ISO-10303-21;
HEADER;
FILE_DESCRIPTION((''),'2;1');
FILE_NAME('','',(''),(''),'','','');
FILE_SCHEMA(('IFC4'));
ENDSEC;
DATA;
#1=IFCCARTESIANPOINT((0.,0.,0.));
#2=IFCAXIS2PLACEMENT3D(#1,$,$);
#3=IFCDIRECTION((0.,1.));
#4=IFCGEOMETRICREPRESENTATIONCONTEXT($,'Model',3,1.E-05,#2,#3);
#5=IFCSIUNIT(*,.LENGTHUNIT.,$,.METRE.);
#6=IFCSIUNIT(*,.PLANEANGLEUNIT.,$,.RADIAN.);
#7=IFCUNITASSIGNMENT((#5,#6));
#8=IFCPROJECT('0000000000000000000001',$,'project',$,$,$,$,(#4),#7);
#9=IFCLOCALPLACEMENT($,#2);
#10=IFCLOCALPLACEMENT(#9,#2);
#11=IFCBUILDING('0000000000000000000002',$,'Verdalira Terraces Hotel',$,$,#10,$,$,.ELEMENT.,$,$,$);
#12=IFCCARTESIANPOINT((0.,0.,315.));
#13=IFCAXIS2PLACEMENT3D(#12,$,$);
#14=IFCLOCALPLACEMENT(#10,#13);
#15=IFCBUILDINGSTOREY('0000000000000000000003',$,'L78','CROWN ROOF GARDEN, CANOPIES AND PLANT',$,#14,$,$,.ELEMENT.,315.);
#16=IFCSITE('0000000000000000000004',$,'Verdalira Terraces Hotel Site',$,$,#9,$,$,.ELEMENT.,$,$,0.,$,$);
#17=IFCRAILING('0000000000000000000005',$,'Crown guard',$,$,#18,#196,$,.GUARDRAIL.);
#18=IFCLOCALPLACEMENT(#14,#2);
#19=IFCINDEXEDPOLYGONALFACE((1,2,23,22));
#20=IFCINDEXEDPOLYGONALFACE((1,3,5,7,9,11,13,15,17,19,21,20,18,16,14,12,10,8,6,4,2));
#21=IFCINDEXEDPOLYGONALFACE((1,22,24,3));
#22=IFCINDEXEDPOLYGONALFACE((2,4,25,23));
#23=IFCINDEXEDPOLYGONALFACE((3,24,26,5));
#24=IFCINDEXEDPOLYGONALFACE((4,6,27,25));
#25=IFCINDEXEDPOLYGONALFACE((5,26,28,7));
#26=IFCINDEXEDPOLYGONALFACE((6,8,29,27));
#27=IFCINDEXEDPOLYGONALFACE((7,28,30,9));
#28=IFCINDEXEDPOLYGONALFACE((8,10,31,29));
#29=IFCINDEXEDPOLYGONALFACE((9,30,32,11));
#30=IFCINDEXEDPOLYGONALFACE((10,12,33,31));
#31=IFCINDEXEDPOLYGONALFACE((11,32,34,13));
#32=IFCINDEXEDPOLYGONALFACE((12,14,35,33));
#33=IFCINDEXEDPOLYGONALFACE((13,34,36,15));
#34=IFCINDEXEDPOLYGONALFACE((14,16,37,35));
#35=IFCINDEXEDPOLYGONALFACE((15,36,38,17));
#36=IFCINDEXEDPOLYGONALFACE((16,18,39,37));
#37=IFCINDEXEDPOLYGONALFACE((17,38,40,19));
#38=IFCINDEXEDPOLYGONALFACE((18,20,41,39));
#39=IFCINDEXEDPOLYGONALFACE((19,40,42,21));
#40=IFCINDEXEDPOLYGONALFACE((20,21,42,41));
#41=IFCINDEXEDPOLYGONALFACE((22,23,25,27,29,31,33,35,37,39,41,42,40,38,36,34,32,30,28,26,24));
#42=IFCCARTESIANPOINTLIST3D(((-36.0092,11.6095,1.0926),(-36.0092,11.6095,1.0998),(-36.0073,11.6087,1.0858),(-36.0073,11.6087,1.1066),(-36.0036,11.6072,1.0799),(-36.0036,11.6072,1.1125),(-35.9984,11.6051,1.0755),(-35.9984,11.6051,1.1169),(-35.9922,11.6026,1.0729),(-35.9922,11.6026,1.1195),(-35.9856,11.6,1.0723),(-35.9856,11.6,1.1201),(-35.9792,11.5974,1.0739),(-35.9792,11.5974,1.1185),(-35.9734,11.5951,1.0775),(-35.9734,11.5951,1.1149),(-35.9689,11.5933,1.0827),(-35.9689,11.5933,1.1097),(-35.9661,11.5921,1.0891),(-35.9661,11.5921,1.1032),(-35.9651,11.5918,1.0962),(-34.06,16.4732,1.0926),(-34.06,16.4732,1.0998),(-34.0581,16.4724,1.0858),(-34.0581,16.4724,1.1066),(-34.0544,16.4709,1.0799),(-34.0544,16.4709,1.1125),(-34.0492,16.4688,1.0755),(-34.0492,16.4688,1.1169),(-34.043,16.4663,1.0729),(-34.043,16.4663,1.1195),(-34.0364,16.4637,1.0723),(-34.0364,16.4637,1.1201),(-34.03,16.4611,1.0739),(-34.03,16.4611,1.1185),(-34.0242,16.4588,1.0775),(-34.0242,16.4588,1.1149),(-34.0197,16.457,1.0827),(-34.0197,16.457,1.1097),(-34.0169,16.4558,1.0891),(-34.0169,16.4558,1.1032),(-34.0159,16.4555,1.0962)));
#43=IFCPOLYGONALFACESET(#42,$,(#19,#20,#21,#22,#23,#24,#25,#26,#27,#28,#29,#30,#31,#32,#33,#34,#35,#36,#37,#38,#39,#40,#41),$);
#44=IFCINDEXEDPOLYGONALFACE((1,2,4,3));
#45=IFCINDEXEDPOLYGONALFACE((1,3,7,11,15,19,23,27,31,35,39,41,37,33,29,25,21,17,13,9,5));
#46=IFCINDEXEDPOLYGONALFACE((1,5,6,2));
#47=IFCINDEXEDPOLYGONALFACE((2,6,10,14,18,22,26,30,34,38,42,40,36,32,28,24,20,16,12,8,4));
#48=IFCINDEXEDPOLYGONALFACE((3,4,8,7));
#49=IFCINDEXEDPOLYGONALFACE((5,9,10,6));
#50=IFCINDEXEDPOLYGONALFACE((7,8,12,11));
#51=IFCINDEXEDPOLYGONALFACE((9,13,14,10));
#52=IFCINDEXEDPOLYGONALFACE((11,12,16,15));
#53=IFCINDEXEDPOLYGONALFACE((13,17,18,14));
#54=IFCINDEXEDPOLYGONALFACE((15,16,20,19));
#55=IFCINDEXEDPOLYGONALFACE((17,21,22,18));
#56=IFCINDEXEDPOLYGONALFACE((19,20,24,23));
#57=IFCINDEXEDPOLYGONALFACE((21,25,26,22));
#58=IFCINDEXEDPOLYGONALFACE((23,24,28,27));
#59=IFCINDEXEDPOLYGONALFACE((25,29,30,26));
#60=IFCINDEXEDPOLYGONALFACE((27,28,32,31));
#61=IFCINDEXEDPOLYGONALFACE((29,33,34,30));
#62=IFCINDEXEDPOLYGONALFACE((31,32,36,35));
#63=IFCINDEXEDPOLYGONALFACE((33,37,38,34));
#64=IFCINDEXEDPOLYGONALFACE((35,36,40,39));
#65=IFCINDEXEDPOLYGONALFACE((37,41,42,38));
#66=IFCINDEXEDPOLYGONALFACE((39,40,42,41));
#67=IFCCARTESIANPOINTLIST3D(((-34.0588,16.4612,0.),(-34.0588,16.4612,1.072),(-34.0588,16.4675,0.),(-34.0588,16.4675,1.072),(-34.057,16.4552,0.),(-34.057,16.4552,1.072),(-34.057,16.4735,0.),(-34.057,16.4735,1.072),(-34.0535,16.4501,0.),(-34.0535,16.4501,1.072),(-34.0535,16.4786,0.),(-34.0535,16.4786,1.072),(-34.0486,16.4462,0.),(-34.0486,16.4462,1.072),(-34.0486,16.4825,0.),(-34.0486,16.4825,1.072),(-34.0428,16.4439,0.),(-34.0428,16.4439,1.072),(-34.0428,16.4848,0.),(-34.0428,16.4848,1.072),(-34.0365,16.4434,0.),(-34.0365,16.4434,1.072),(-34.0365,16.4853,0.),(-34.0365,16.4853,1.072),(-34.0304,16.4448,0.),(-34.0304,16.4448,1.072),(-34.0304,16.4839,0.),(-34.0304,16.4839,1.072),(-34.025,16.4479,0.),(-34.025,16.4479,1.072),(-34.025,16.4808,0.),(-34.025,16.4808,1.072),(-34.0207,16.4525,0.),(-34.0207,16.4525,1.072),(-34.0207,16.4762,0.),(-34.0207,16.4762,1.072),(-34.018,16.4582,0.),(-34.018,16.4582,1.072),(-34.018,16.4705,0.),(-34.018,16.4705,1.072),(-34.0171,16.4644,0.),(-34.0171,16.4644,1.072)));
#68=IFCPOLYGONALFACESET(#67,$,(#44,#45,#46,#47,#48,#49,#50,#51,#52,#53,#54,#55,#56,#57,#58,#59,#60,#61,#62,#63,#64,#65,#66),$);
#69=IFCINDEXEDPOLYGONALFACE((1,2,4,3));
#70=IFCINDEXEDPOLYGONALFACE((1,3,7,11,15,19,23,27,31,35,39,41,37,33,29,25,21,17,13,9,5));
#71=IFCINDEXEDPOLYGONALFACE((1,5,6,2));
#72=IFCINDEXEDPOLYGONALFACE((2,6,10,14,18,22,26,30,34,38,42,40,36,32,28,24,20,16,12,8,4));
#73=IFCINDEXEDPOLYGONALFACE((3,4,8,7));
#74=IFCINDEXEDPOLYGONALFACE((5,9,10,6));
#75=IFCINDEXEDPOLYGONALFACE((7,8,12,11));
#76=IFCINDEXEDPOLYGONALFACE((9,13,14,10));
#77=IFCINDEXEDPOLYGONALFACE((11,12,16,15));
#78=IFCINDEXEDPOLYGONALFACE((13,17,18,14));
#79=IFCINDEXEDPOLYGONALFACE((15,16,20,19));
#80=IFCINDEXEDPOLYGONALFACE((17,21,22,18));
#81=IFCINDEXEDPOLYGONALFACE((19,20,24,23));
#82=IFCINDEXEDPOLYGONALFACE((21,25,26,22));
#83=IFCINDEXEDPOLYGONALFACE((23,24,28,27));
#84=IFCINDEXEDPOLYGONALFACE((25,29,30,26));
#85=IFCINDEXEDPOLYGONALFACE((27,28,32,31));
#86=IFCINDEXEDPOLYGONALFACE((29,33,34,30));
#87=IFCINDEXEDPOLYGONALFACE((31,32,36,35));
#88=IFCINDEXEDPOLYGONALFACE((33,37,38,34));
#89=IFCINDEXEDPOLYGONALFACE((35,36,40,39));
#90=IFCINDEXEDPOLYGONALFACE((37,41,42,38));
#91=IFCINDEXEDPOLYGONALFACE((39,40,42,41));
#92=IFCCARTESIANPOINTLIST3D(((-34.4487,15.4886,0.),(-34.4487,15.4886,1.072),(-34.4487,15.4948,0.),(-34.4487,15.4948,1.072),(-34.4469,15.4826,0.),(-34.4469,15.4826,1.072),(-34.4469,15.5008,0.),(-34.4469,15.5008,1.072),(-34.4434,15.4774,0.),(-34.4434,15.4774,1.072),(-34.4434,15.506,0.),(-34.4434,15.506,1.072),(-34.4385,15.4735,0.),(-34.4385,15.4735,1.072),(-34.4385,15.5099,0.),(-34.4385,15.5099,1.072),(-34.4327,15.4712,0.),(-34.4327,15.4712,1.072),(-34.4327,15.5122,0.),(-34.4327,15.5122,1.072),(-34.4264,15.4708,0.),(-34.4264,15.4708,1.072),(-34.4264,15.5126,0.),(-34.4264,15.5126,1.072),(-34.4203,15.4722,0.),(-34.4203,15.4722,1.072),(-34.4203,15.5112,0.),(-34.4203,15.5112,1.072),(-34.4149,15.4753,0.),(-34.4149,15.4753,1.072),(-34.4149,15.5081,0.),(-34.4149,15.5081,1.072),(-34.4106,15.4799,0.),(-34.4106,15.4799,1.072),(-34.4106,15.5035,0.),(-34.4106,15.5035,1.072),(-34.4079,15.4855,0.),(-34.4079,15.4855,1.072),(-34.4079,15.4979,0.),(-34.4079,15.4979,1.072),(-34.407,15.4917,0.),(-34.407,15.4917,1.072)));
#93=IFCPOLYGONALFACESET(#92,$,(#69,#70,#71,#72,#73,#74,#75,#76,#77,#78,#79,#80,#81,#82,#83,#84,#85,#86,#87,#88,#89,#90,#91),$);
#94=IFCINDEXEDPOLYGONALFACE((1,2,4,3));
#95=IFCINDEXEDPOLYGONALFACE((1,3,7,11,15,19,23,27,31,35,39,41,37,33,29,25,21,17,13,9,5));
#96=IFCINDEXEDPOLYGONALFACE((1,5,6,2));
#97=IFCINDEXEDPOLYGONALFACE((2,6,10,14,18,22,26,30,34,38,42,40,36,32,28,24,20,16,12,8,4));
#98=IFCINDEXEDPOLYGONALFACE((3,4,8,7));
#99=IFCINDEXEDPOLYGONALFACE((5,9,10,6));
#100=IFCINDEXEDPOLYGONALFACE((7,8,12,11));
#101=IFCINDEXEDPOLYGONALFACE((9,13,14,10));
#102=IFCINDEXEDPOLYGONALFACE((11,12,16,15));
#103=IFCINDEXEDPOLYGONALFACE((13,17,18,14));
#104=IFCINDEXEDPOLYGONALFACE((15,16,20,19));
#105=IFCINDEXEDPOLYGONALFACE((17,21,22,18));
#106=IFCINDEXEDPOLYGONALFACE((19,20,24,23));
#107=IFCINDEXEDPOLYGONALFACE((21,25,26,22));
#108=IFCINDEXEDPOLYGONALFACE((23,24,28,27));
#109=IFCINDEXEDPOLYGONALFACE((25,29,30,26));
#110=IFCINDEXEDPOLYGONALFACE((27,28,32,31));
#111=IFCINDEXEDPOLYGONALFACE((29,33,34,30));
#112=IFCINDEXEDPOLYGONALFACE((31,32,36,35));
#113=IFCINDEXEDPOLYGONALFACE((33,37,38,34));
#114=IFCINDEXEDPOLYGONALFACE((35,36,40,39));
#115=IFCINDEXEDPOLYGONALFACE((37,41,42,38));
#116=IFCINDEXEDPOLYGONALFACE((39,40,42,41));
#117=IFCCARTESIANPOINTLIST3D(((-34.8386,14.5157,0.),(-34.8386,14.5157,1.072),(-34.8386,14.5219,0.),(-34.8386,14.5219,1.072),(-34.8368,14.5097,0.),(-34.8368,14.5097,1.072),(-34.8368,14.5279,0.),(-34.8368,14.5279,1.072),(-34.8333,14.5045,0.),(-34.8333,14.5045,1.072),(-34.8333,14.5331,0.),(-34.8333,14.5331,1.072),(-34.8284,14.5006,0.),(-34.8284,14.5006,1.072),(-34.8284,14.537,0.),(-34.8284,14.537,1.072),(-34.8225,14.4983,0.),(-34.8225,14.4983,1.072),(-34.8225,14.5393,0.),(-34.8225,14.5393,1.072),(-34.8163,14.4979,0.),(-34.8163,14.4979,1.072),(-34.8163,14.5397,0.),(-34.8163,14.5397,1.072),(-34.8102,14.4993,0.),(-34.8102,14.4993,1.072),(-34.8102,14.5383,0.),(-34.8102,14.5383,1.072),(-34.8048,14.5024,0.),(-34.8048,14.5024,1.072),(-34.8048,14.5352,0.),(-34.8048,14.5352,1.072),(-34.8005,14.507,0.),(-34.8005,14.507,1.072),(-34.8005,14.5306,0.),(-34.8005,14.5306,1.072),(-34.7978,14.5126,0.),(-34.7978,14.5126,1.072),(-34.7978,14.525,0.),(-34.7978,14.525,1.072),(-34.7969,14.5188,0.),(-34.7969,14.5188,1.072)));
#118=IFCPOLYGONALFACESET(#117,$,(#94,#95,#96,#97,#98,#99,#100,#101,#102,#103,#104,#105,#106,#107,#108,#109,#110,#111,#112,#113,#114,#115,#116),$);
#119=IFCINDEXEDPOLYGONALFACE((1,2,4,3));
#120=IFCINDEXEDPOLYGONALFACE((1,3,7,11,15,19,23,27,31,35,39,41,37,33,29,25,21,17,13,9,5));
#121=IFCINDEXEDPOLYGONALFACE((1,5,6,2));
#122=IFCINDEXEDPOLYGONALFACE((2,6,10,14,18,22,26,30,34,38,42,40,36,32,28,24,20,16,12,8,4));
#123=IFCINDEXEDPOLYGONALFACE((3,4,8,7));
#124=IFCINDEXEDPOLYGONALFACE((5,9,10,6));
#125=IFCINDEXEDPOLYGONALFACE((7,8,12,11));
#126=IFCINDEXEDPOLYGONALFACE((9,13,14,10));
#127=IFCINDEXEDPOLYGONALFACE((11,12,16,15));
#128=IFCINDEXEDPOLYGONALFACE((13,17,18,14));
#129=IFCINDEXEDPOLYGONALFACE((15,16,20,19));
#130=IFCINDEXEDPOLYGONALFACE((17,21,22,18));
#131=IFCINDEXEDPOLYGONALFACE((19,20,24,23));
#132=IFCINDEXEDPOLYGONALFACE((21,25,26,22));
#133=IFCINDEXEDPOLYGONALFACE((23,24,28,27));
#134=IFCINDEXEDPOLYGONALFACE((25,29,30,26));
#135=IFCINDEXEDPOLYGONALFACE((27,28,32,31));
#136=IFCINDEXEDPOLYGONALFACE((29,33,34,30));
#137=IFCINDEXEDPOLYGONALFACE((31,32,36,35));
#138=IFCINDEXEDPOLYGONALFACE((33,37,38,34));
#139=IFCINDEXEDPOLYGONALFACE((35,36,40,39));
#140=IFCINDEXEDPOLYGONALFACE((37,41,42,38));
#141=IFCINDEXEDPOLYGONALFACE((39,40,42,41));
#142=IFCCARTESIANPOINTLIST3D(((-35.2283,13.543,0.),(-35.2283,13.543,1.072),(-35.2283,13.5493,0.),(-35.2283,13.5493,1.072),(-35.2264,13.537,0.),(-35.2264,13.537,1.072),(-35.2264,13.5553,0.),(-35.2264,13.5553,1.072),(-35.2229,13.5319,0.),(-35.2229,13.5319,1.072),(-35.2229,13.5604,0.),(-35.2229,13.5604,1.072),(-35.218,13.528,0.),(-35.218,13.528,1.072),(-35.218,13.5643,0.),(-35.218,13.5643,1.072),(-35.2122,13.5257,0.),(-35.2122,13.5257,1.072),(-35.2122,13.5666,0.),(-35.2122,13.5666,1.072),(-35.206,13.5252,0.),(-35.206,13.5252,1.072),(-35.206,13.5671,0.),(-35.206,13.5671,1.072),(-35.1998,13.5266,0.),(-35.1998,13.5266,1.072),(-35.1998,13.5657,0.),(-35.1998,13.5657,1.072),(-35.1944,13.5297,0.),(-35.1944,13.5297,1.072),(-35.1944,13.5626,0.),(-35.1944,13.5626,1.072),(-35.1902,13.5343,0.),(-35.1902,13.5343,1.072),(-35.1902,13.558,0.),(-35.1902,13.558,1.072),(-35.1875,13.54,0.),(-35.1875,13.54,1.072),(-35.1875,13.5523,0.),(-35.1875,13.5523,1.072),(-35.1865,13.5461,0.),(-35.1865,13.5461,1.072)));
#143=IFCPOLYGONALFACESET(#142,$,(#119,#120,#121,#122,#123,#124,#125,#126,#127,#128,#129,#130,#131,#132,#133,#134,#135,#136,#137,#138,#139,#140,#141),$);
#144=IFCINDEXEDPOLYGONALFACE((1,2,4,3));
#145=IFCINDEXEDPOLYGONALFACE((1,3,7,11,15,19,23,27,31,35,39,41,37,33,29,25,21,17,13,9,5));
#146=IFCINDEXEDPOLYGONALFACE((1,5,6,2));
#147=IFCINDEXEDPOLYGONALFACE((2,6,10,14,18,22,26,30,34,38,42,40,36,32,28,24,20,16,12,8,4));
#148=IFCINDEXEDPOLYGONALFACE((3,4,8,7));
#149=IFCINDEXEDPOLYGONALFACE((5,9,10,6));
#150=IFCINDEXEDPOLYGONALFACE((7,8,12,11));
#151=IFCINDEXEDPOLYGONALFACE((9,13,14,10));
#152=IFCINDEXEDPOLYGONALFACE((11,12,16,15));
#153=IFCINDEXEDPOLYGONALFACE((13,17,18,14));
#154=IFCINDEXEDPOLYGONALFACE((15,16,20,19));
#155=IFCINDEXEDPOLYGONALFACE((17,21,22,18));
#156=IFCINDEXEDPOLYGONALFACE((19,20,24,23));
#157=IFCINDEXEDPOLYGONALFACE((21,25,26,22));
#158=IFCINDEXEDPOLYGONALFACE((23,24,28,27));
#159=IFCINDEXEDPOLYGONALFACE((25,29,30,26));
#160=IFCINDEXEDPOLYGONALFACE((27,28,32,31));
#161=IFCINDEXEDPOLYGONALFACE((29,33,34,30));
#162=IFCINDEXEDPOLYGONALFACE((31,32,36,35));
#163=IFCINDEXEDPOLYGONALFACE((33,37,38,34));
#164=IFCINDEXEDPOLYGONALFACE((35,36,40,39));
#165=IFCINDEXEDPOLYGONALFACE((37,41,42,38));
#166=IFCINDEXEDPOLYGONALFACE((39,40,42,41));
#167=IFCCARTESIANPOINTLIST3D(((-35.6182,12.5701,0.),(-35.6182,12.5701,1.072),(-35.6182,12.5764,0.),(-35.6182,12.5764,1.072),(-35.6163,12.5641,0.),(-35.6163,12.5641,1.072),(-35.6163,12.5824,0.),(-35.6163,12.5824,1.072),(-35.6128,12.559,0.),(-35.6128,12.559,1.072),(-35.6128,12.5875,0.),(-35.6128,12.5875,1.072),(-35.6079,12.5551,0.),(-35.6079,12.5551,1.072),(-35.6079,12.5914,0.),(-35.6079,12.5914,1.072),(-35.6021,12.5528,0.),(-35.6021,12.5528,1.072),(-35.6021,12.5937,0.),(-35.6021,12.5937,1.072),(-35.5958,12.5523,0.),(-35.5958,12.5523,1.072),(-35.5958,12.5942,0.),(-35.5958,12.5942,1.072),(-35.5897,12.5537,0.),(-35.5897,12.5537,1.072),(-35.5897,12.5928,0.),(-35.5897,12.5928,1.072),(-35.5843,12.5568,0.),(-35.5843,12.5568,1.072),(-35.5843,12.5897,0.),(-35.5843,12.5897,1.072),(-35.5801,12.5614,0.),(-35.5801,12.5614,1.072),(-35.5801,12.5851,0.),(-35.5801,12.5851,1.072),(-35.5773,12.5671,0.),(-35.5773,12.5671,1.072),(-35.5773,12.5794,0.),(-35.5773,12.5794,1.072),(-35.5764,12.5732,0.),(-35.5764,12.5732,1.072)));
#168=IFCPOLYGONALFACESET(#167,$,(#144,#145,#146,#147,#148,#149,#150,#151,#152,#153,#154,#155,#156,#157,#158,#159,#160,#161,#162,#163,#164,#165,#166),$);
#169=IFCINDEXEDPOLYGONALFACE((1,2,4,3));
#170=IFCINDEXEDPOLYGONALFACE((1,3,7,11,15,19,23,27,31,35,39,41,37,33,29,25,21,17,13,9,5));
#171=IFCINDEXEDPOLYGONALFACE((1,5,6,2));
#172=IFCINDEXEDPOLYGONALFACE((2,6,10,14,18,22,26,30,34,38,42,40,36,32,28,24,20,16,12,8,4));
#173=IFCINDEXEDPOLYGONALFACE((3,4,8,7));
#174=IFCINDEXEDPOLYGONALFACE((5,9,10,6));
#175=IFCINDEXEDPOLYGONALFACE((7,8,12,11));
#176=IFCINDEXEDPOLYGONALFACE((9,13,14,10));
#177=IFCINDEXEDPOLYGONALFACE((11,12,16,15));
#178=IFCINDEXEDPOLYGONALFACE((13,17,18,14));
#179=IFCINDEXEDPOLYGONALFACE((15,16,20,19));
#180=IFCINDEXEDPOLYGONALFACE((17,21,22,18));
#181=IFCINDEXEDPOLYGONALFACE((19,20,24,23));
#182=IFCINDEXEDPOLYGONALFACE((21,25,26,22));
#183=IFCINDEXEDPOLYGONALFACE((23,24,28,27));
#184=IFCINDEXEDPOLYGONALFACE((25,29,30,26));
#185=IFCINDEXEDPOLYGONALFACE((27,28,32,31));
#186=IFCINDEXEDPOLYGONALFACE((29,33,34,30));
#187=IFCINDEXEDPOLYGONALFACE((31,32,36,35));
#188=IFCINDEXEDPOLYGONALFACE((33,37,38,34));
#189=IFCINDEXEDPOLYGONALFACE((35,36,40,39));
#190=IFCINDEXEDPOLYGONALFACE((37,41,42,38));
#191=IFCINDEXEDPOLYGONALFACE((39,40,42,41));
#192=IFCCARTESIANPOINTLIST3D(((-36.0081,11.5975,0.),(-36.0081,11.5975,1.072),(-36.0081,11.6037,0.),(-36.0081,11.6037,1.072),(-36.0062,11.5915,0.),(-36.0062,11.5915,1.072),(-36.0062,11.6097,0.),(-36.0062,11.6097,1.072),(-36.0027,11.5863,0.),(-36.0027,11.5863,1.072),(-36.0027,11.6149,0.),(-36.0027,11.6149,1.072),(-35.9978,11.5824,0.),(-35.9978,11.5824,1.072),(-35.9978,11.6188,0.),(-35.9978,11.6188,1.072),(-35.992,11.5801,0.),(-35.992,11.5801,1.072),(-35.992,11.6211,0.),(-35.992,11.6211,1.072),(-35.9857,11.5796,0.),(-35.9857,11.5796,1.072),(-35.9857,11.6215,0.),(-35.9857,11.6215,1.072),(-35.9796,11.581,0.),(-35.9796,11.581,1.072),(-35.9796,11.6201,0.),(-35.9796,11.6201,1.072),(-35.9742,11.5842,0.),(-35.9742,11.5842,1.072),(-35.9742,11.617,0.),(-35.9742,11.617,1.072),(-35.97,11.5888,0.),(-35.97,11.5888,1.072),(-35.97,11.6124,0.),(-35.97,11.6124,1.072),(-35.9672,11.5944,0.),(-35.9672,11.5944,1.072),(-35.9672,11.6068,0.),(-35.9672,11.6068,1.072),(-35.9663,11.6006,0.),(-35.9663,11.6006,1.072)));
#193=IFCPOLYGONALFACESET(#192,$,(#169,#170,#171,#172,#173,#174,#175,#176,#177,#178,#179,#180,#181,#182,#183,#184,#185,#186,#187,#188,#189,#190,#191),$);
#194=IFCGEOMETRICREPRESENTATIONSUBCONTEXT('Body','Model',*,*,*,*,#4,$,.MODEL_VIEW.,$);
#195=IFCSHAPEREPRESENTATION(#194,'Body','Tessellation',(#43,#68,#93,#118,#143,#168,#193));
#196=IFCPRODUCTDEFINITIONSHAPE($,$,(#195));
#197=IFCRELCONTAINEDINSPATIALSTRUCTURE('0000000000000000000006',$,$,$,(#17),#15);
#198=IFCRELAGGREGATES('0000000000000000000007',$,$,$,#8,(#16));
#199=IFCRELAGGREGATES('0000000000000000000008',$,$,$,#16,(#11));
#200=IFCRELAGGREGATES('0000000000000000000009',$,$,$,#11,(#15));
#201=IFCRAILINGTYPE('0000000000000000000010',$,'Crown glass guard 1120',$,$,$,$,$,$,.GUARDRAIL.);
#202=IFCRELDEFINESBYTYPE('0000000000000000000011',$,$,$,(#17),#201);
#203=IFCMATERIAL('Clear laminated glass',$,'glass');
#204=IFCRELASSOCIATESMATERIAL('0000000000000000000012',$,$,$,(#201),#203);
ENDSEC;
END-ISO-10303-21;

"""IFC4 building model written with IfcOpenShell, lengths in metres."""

from ifc_helpers import new_model, si_unit, direction, frame, origin, origin_2d, place, context, subcontext, project, spatial, circle, extrude, material, type_object, element, save


model = new_model("IFC4")

# Units and contexts
model_context = context("Model", 3, precision=1e-05, world=origin(), true_north=direction((0.0, 1.0)))
body_context = subcontext(model_context, "Body", "Model", "MODEL_VIEW")
ifc_project = project(units=[si_unit("LENGTHUNIT", "METRE"), si_unit("PLANEANGLEUNIT", "RADIAN")], contexts=[model_context])

# Site, building, storey
site_placement = place(None, origin())
site = spatial("IfcSite", under=ifc_project, at=site_placement, Name="Verdalira Terraces Hotel Site", CompositionType="ELEMENT", RefElevation=0.0)
building_placement = place(site_placement, origin())
building = spatial("IfcBuilding", under=site, at=building_placement, Name="Verdalira Terraces Hotel", CompositionType="ELEMENT")
storey_placement = place(building_placement, frame((0.0, 0.0, 315.0)))
storey = spatial("IfcBuildingStorey", under=building, at=storey_placement, Name="L78", Description="CROWN ROOF GARDEN, CANOPIES AND PLANT", CompositionType="ELEMENT", Elevation=315.0)

# Railing
ifc_material_1 = material(Name="Clear laminated glass", Category="glass")
railing_type = type_object("IfcRailingType", Name="Crown glass guard 1120", PredefinedType="GUARDRAIL", material=ifc_material_1)
railing_1_placement = place(storey_placement, frame((-34.0381, 16.4644, 0.0)))
element("IfcRailing", 1, at=railing_1_placement, inside=storey, type_object=railing_type, Name="Crown guard", PredefinedType="GUARDRAIL", context=body_context, shape_type="SweptSolid", body=[
    extrude(circle(Radius=0.0239, at=origin_2d()), frame((0.0, 0.0, 1.0962), z_axis=(-0.372001, -0.928232, 0.0), x_axis=(0.928232, -0.372001, 0.0)), (0.0, 0.0, 1.0), 5.2397),
    extrude(circle(Radius=0.021, at=origin_2d()), origin(), (0.0, 0.0, 1.0), 1.072),
    extrude(circle(Radius=0.021, at=origin_2d()), frame((-0.3899, -0.9727, 0.0)), (0.0, 0.0, 1.0), 1.072),
    extrude(circle(Radius=0.021, at=origin_2d()), frame((-0.7798, -1.9456, 0.0)), (0.0, 0.0, 1.0), 1.072),
    extrude(circle(Radius=0.021, at=origin_2d()), frame((-1.1694, -2.9182, 0.0)), (0.0, 0.0, 1.0), 1.072),
    extrude(circle(Radius=0.021, at=origin_2d()), frame((-1.5593, -3.8911, 0.0)), (0.0, 0.0, 1.0), 1.072),
    extrude(circle(Radius=0.021, at=origin_2d()), frame((-1.9492, -4.8638, 0.0)), (0.0, 0.0, 1.0), 1.072),
])

save(model, "model.ifc")
